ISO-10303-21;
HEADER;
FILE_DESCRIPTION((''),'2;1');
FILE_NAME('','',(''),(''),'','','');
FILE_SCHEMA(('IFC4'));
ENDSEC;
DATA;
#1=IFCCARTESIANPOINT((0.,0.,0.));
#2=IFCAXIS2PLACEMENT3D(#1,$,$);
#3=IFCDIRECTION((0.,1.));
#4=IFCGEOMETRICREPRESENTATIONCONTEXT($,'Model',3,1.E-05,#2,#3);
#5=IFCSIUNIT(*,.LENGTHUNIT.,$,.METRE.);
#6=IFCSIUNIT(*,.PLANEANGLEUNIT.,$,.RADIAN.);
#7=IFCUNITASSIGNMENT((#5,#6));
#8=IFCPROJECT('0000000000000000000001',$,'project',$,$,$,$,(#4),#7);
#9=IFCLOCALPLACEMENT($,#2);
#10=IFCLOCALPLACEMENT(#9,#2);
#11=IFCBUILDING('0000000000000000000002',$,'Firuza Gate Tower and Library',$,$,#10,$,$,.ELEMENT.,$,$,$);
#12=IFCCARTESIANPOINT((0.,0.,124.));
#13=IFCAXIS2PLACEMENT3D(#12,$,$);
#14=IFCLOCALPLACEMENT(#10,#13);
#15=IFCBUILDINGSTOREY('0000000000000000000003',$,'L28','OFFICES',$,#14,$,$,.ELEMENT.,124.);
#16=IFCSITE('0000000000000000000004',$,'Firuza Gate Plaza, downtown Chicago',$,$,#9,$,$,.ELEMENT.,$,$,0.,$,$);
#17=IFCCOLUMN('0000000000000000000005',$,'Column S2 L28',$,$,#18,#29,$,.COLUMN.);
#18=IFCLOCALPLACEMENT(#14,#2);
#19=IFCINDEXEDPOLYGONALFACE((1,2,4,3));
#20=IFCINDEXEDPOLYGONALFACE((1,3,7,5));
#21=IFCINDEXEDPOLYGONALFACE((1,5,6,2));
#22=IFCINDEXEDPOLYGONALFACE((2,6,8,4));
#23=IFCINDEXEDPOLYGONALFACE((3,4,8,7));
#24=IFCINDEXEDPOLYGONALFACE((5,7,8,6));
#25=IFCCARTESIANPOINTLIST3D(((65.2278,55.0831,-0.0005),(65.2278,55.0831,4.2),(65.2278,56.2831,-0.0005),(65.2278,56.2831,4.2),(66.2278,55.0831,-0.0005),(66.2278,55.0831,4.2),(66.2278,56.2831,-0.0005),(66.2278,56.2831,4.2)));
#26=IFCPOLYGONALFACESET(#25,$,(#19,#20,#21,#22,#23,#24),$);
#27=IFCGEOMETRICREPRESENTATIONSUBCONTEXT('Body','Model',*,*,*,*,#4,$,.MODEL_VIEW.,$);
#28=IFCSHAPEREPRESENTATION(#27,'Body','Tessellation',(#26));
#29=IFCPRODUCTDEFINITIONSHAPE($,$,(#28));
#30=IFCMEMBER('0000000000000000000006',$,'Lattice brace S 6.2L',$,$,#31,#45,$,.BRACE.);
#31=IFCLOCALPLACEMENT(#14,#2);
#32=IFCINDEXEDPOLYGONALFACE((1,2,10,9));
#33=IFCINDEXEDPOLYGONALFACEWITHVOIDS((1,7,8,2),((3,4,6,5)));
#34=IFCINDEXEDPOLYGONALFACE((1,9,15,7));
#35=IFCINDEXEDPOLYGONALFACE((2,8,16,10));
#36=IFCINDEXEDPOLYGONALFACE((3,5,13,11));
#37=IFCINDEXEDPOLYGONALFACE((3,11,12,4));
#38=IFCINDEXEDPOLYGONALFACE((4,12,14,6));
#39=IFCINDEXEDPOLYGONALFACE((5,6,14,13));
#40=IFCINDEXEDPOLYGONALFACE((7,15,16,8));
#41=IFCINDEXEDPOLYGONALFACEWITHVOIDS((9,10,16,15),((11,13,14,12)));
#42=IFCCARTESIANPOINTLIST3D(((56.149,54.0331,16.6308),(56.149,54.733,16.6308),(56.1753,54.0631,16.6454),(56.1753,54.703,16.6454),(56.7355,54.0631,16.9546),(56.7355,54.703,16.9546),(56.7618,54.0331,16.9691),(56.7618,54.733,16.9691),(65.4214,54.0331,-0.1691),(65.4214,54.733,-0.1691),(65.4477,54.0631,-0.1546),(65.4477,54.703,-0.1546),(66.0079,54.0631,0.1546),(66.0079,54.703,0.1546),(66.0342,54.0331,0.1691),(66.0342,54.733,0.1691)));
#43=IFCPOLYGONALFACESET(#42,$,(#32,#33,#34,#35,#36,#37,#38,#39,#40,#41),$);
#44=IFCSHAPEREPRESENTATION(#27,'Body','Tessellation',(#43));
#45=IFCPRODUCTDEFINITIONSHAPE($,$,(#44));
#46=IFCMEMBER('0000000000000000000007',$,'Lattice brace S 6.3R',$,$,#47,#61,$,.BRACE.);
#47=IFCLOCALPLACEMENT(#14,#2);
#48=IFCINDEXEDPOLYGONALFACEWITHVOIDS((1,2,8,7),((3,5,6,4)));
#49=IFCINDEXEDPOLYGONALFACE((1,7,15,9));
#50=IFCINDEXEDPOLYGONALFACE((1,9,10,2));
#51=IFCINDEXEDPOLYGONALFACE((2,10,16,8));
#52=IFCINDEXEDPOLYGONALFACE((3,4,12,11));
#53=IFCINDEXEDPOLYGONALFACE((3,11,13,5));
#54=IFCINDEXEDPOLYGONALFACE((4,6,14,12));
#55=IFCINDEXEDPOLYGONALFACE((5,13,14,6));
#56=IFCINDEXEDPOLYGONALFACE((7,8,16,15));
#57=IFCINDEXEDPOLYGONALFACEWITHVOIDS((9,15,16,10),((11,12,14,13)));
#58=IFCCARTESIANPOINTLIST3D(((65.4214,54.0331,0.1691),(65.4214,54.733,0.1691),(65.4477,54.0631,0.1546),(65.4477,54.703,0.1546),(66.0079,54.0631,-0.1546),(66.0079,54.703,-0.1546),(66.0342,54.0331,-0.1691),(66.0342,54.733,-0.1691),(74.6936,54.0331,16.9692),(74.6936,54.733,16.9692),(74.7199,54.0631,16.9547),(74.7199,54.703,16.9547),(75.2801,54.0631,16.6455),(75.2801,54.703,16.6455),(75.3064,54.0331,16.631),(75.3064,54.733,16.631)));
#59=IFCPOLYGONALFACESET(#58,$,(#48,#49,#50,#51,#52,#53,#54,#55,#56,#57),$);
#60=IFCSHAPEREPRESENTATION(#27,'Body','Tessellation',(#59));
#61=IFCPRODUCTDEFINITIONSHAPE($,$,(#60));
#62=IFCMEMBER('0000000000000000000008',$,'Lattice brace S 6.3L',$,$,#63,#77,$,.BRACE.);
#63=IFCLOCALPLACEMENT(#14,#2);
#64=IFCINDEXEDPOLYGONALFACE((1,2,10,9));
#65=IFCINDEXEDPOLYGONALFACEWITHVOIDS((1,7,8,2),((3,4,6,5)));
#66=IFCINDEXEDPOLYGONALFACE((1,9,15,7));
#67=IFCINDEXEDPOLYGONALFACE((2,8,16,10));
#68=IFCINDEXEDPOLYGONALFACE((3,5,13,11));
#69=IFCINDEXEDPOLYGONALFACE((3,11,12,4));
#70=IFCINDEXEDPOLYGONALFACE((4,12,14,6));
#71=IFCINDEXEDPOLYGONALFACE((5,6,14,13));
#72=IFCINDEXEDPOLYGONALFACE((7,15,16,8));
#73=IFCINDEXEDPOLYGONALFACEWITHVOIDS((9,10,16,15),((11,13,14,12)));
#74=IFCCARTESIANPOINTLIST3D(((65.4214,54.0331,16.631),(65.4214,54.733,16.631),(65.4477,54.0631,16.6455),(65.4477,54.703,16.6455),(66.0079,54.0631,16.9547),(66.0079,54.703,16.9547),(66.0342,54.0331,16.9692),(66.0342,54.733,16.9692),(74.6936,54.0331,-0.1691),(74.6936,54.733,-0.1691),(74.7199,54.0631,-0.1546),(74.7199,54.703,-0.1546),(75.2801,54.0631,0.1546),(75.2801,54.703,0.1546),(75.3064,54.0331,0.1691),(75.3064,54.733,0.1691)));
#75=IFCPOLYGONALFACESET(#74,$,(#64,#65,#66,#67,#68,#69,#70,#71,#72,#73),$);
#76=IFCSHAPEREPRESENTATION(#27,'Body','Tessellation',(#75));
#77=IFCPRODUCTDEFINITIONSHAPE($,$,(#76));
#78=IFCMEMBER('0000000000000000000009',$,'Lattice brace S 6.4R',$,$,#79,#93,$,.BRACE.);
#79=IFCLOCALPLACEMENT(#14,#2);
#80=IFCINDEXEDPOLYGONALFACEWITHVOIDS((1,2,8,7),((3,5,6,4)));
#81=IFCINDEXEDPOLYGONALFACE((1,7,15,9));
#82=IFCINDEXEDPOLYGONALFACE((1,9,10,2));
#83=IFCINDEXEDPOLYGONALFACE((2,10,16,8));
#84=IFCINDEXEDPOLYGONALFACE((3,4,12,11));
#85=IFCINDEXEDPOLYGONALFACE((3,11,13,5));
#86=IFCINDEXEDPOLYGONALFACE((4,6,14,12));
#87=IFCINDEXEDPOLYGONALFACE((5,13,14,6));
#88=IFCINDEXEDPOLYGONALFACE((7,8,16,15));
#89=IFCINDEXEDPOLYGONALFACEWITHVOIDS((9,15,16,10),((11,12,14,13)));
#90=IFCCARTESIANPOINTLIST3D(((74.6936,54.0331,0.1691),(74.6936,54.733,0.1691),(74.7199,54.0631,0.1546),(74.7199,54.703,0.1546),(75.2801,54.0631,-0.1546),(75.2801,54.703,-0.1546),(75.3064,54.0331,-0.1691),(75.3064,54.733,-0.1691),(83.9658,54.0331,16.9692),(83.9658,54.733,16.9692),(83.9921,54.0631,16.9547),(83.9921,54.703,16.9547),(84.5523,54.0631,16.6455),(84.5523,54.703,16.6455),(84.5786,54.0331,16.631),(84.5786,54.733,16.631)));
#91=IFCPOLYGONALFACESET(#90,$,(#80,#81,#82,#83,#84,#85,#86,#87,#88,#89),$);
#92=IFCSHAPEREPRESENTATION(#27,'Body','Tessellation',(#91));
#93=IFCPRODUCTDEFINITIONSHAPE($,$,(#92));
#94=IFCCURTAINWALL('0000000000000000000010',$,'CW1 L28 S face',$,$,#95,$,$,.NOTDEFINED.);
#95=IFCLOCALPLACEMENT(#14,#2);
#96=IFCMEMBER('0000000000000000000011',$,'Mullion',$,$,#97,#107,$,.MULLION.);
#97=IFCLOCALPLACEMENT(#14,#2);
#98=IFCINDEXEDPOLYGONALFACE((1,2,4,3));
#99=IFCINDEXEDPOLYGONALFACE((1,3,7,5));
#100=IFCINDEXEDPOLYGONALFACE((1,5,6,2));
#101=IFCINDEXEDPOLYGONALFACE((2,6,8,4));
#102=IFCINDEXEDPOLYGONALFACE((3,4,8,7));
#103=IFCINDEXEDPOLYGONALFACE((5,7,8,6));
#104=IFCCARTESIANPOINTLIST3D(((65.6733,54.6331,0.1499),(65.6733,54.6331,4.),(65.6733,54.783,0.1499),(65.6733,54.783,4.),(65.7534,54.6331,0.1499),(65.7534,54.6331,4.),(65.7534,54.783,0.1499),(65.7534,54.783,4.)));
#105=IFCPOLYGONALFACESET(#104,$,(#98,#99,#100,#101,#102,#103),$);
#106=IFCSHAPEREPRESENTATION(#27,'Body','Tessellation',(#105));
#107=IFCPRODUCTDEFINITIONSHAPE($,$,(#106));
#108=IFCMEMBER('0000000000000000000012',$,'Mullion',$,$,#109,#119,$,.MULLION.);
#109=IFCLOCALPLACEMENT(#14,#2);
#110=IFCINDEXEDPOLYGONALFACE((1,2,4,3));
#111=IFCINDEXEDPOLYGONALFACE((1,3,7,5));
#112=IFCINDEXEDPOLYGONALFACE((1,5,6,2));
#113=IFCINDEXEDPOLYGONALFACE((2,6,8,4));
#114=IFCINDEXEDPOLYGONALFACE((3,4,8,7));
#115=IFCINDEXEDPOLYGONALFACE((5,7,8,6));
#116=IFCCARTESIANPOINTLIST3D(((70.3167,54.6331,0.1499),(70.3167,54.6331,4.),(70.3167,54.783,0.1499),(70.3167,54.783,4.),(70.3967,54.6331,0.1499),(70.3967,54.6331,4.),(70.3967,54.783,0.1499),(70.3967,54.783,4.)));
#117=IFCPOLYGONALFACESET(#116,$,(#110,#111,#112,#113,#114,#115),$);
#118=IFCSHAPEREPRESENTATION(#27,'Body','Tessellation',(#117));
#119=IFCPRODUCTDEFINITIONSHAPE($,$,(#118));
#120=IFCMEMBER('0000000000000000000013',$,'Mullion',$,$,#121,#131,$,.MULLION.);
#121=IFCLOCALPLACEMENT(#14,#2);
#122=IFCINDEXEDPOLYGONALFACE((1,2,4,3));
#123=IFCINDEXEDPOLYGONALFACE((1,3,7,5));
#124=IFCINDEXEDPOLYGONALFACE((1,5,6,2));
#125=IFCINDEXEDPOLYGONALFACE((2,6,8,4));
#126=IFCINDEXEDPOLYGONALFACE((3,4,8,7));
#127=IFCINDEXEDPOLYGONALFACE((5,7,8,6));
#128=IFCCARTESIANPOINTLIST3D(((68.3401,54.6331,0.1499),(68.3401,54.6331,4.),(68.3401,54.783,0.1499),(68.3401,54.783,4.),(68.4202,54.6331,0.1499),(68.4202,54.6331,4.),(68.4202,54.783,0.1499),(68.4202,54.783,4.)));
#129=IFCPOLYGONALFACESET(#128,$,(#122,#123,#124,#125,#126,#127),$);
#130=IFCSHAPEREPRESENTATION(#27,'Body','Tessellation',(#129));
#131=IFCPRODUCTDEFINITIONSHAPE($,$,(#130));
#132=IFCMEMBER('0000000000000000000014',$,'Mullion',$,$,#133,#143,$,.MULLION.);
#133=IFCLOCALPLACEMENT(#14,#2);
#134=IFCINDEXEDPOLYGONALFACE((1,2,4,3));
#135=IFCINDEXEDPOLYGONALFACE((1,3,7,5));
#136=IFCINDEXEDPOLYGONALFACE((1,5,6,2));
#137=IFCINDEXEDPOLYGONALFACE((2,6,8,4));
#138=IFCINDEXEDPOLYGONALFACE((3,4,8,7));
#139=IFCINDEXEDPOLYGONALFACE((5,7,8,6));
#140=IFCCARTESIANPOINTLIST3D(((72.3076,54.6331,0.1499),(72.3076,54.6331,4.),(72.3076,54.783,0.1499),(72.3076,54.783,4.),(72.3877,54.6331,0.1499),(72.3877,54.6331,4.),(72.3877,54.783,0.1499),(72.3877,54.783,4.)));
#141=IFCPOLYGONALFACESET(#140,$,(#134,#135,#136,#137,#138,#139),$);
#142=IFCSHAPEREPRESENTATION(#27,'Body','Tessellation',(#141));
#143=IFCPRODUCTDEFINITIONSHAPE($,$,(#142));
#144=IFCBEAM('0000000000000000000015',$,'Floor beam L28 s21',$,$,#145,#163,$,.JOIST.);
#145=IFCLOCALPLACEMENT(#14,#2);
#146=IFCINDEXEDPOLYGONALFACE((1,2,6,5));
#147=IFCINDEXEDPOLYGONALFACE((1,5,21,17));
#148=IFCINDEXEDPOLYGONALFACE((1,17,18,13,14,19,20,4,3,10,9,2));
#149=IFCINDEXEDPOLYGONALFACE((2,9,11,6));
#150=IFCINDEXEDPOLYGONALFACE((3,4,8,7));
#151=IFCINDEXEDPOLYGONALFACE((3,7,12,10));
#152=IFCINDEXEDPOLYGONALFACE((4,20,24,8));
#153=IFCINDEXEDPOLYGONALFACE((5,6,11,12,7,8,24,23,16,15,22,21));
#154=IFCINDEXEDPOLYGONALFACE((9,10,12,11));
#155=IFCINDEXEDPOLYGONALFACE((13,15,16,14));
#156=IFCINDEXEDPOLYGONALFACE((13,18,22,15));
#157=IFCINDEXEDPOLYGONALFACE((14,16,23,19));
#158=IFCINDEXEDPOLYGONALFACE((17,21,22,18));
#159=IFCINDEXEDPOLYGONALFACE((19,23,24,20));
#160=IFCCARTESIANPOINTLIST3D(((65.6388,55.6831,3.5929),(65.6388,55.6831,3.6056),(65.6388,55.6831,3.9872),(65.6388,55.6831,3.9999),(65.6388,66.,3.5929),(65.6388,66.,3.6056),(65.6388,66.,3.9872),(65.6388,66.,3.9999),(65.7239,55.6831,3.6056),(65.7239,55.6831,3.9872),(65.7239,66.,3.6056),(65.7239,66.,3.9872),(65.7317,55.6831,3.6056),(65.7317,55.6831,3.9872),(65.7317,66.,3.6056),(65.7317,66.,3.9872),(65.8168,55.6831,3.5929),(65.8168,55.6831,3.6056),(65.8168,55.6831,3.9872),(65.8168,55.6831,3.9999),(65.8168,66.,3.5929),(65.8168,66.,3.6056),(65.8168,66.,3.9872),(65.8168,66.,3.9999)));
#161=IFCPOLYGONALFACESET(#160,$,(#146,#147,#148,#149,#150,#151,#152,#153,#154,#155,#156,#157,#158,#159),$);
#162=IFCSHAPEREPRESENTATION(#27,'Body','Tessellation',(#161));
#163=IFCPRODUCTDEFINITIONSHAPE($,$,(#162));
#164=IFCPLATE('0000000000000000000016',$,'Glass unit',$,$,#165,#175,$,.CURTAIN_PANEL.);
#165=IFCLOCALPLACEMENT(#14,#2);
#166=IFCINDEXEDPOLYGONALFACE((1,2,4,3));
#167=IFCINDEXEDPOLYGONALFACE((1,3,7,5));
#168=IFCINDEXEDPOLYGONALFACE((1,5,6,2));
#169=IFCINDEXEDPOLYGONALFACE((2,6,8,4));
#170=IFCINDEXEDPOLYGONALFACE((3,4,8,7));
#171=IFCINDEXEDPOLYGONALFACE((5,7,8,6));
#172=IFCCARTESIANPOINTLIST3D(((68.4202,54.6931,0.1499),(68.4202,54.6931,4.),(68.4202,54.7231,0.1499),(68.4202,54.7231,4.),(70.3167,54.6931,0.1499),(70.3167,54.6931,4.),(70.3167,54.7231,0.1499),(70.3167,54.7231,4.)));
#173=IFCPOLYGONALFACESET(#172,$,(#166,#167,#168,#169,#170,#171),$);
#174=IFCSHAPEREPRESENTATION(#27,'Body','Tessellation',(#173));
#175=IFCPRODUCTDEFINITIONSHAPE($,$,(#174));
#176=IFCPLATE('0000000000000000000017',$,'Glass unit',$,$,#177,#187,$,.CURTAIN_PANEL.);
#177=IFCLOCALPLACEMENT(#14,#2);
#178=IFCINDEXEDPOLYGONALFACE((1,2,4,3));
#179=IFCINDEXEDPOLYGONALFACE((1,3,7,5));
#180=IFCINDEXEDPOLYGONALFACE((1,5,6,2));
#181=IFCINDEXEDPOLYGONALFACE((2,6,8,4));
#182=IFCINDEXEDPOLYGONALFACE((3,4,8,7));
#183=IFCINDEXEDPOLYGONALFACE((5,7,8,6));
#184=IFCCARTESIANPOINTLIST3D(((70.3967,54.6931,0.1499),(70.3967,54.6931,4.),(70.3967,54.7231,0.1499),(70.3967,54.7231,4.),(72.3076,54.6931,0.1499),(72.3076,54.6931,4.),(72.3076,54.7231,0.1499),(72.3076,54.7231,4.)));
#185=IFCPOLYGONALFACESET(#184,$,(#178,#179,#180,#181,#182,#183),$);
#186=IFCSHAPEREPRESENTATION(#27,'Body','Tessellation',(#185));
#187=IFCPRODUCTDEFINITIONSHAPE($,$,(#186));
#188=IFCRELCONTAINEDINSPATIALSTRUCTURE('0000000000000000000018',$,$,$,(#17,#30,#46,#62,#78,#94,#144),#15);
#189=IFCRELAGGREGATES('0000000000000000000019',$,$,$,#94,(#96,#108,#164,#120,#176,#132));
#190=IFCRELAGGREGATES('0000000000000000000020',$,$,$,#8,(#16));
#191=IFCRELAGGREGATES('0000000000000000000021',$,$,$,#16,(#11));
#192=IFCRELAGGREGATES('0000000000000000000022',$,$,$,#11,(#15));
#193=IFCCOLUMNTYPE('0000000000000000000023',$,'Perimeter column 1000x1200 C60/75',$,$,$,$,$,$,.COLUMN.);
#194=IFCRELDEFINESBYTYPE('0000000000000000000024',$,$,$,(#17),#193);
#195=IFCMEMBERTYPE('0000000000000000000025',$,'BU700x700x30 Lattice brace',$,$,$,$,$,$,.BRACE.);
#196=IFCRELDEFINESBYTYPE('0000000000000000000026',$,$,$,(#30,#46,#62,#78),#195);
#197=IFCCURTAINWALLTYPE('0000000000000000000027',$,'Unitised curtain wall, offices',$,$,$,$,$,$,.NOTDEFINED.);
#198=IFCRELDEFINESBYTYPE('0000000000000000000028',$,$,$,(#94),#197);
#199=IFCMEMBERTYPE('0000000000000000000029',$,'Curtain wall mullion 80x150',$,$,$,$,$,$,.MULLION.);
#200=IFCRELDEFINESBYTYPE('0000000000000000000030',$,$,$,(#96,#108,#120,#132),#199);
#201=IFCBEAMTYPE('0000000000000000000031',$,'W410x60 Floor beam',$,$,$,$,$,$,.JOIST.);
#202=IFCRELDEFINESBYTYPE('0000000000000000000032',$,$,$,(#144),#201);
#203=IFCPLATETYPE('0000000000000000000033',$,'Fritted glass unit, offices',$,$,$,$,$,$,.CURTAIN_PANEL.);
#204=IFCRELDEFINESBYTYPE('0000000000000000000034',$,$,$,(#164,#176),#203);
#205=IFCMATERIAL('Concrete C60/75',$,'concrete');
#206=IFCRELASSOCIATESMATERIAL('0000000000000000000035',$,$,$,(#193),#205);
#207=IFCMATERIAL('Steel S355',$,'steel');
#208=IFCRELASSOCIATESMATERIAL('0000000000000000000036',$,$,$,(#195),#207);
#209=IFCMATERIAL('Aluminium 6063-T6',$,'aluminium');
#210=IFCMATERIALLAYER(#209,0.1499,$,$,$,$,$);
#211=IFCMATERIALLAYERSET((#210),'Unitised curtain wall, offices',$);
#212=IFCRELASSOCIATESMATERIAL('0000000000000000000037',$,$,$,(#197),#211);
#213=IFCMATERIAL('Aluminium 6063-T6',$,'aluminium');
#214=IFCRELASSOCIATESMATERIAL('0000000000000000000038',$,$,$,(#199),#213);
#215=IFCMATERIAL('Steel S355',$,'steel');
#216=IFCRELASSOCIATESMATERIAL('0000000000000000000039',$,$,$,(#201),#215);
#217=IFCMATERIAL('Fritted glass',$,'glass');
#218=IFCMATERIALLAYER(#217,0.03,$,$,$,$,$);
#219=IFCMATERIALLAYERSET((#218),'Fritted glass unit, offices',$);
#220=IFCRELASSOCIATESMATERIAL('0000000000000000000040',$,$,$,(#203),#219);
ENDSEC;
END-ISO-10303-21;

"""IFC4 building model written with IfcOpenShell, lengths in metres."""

from ifc_helpers import new_model, si_unit, direction, frame, origin, origin_2d, place, context, subcontext, project, spatial, polyline, rectangle, hollow_rectangle, i_section, outline, extrude, material, layer, layer_set, material_profile, profile_set, type_object, element, aggregate, save


model = new_model("IFC4")

# Units and contexts
model_context = context("Model", 3, precision=1e-05, world=origin(), true_north=direction((0.0, 1.0)))
body_context = subcontext(model_context, "Body", "Model", "MODEL_VIEW")
ifc_project = project(units=[si_unit("LENGTHUNIT", "METRE"), si_unit("PLANEANGLEUNIT", "RADIAN")], contexts=[model_context])

# Site, building, storey
site_placement = place(None, origin())
site = spatial("IfcSite", under=ifc_project, at=site_placement, Name="Firuza Gate Plaza, downtown Chicago", CompositionType="ELEMENT", RefElevation=0.0)
building_placement = place(site_placement, origin())
building = spatial("IfcBuilding", under=site, at=building_placement, Name="Firuza Gate Tower and Library", CompositionType="ELEMENT")
storey_placement = place(building_placement, frame((0.0, 0.0, 124.0)))
storey = spatial("IfcBuildingStorey", under=building, at=storey_placement, Name="L28", Description="OFFICES", CompositionType="ELEMENT", Elevation=124.0)

# Column
ifc_material_1 = material(Name="Concrete C60/75", Category="concrete")
ifc_material_profile_1 = material_profile(ifc_material_1, rectangle(XDim=1.0, YDim=1.2, at=origin_2d()))
ifc_profile_set_1 = profile_set([ifc_material_profile_1], Name="Concrete C60/75")
column_type = type_object("IfcColumnType", Name="Perimeter column 1000x1200 C60/75", PredefinedType="COLUMN", material=ifc_profile_set_1)
column_placement = place(storey_placement, frame((65.7278, 55.6831, -0.0005), z_axis=(0.0, 0.0, 1.0), x_axis=(1.0, 0.0, 0.0)))
element("IfcColumn", 1, at=column_placement, inside=storey, type_object=column_type, Name="Column S2 L28", PredefinedType="COLUMN", context=body_context, shape_type="SweptSolid", body=[
    extrude(rectangle(XDim=1.0, YDim=1.2, at=origin_2d()), origin(), (0.0, 0.0, 1.0), 4.2004),
])

# Members
ifc_material_2 = material(Name="Steel S355", Category="steel")
ifc_material_profile_2 = material_profile(ifc_material_2, hollow_rectangle(XDim=0.7, YDim=0.7, WallThickness=0.03, at=origin_2d()))
ifc_profile_set_2 = profile_set([ifc_material_profile_2], Name="Steel S355")
member_type_1 = type_object("IfcMemberType", Name="BU700x700x30 Lattice brace", PredefinedType="BRACE", material=ifc_profile_set_2)
for number, where, z_axis, x_axis, name in (
    (2, (65.7278, 54.3831, 0.0), (-0.483216, 0.0, 0.875501), (0.0, -1.0, 0.0), "Lattice brace S 6.2L"),
    (3, (65.7278, 54.3831, 0.0), (0.483206, 0.0, 0.875507), (0.0, 1.0, 0.0), "Lattice brace S 6.3R"),
    (4, (75.0, 54.3831, 0.0), (-0.483206, 0.0, 0.875507), (0.0, -1.0, 0.0), "Lattice brace S 6.3L"),
    (5, (75.0, 54.3831, 0.0), (0.483206, 0.0, 0.875507), (0.0, 1.0, 0.0), "Lattice brace S 6.4R"),
):
    element("IfcMember", number, at=place(storey_placement, frame(where, z_axis=z_axis, x_axis=x_axis)), inside=storey, type_object=member_type_1, Name=name, PredefinedType="BRACE", context=body_context, shape_type="SweptSolid", body=[
        extrude(hollow_rectangle(XDim=0.7, YDim=0.7, WallThickness=0.03, at=origin_2d()), origin(), (0.0, 0.0, 1.0), 19.189),
    ])

# Curtain wall, members
ifc_material_3 = material(Name="Aluminium 6063-T6", Category="aluminium")
ifc_layer_1 = layer(ifc_material_3, 0.1499)
ifc_layer_set_1 = layer_set([ifc_layer_1], Name="Unitised curtain wall, offices")
curtain_wall_type = type_object("IfcCurtainWallType", Name="Unitised curtain wall, offices", PredefinedType="NOTDEFINED", material=ifc_layer_set_1)
curtain_wall_placement = place(storey_placement, origin())
curtain_wall = element("IfcCurtainWall", 6, at=curtain_wall_placement, inside=storey, type_object=curtain_wall_type, Name="CW1 L28 S face", PredefinedType="NOTDEFINED")
ifc_material_4 = material(Name="Aluminium 6063-T6", Category="aluminium")
ifc_material_profile_3 = material_profile(ifc_material_4, rectangle(XDim=0.1499, YDim=0.0801, at=origin_2d()))
ifc_profile_set_3 = profile_set([ifc_material_profile_3], Name="Aluminium 6063-T6")
member_type_2 = type_object("IfcMemberType", Name="Curtain wall mullion 80x150", PredefinedType="MULLION", material=ifc_profile_set_3)
member_1_placement = place(storey_placement, frame((65.7134, 54.708, 0.1499), z_axis=(0.0, 0.0, 1.0), x_axis=(0.0, 1.0, 0.0)))
member_1 = element("IfcMember", 7, at=member_1_placement, type_object=member_type_2, Name="Mullion", PredefinedType="MULLION", context=body_context, shape_type="SweptSolid", body=[
    extrude(rectangle(XDim=0.1499, YDim=0.0801, at=origin_2d()), origin(), (0.0, 0.0, 1.0), 3.8501),
])
member_2_placement = place(storey_placement, frame((70.3567, 54.708, 0.1499), z_axis=(0.0, 0.0, 1.0), x_axis=(0.0, 1.0, 0.0)))
member_2 = element("IfcMember", 8, at=member_2_placement, type_object=member_type_2, Name="Mullion", PredefinedType="MULLION", context=body_context, shape_type="SweptSolid", body=[
    extrude(rectangle(XDim=0.1499, YDim=0.0801, at=origin_2d()), origin(), (0.0, 0.0, 1.0), 3.8501),
])
member_3_placement = place(storey_placement, frame((68.3801, 54.708, 0.1499), z_axis=(0.0, 0.0, 1.0), x_axis=(0.0, 1.0, 0.0)))
member_3 = element("IfcMember", 9, at=member_3_placement, type_object=member_type_2, Name="Mullion", PredefinedType="MULLION", context=body_context, shape_type="SweptSolid", body=[
    extrude(rectangle(XDim=0.1499, YDim=0.0801, at=origin_2d()), origin(), (0.0, 0.0, 1.0), 3.8501),
])
member_4_placement = place(storey_placement, frame((72.3477, 54.708, 0.1499), z_axis=(0.0, 0.0, 1.0), x_axis=(0.0, 1.0, 0.0)))
member_4 = element("IfcMember", 10, at=member_4_placement, type_object=member_type_2, Name="Mullion", PredefinedType="MULLION", context=body_context, shape_type="SweptSolid", body=[
    extrude(rectangle(XDim=0.1499, YDim=0.0801, at=origin_2d()), origin(), (0.0, 0.0, 1.0), 3.8501),
])

# Beam
ifc_material_5 = material(Name="Steel S355", Category="steel")
ifc_material_profile_4 = material_profile(ifc_material_5, i_section(OverallWidth=0.178, OverallDepth=0.407, WebThickness=0.0078, FlangeThickness=0.0127, at=origin_2d()))
ifc_profile_set_4 = profile_set([ifc_material_profile_4], Name="Steel S355")
beam_type = type_object("IfcBeamType", Name="W410x60 Floor beam", PredefinedType="JOIST", material=ifc_profile_set_4)
beam_placement = place(storey_placement, frame((65.7278, 55.6831, 3.7964), z_axis=(0.0, 1.0, 0.0), x_axis=(-1.0, 0.0, 0.0)))
element("IfcBeam", 11, at=beam_placement, inside=storey, type_object=beam_type, Name="Floor beam L28 s21", PredefinedType="JOIST", context=body_context, shape_type="SweptSolid", body=[
    extrude(i_section(OverallWidth=0.178, OverallDepth=0.407, WebThickness=0.0078, FlangeThickness=0.0127, at=origin_2d()), origin(), (0.0, 0.0, 1.0), 10.3169),
])

# Plates
ifc_material_6 = material(Name="Fritted glass", Category="glass")
ifc_layer_2 = layer(ifc_material_6, 0.03)
ifc_layer_set_2 = layer_set([ifc_layer_2], Name="Fritted glass unit, offices")
plate_type_1 = type_object("IfcPlateType", Name="Fritted glass unit, offices", PredefinedType="CURTAIN_PANEL", material=ifc_layer_set_2)
plate_1_placement = place(storey_placement, frame((68.4202, 54.6931, 0.1499), z_axis=(0.0, -1.0, 0.0), x_axis=(1.0, 0.0, 0.0)))
plate_1 = element("IfcPlate", 12, at=plate_1_placement, type_object=plate_type_1, Name="Glass unit", PredefinedType="CURTAIN_PANEL", context=body_context, shape_type="SweptSolid", body=[
    extrude(outline(polyline([(0.0, 0.0), (1.8965, 0.0), (1.8965, 3.8501), (0.0, 3.8501), (0.0, 0.0)])), origin(), (0.0, 0.0, -1.0), 0.03),
])
plate_2_placement = place(storey_placement, frame((70.3967, 54.6931, 0.1499), z_axis=(0.0, -1.0, 0.0), x_axis=(1.0, 0.0, 0.0)))
plate_2 = element("IfcPlate", 13, at=plate_2_placement, type_object=plate_type_1, Name="Glass unit", PredefinedType="CURTAIN_PANEL", context=body_context, shape_type="SweptSolid", body=[
    extrude(outline(polyline([(0.0, 0.0), (1.9109, 0.0), (1.9109, 3.8501), (0.0, 3.8501), (0.0, 0.0)])), origin(), (0.0, 0.0, -1.0), 0.03),
])
aggregate(curtain_wall, [member_1, member_2, plate_1, member_3, plate_2, member_4])

save(model, "model.ifc")
